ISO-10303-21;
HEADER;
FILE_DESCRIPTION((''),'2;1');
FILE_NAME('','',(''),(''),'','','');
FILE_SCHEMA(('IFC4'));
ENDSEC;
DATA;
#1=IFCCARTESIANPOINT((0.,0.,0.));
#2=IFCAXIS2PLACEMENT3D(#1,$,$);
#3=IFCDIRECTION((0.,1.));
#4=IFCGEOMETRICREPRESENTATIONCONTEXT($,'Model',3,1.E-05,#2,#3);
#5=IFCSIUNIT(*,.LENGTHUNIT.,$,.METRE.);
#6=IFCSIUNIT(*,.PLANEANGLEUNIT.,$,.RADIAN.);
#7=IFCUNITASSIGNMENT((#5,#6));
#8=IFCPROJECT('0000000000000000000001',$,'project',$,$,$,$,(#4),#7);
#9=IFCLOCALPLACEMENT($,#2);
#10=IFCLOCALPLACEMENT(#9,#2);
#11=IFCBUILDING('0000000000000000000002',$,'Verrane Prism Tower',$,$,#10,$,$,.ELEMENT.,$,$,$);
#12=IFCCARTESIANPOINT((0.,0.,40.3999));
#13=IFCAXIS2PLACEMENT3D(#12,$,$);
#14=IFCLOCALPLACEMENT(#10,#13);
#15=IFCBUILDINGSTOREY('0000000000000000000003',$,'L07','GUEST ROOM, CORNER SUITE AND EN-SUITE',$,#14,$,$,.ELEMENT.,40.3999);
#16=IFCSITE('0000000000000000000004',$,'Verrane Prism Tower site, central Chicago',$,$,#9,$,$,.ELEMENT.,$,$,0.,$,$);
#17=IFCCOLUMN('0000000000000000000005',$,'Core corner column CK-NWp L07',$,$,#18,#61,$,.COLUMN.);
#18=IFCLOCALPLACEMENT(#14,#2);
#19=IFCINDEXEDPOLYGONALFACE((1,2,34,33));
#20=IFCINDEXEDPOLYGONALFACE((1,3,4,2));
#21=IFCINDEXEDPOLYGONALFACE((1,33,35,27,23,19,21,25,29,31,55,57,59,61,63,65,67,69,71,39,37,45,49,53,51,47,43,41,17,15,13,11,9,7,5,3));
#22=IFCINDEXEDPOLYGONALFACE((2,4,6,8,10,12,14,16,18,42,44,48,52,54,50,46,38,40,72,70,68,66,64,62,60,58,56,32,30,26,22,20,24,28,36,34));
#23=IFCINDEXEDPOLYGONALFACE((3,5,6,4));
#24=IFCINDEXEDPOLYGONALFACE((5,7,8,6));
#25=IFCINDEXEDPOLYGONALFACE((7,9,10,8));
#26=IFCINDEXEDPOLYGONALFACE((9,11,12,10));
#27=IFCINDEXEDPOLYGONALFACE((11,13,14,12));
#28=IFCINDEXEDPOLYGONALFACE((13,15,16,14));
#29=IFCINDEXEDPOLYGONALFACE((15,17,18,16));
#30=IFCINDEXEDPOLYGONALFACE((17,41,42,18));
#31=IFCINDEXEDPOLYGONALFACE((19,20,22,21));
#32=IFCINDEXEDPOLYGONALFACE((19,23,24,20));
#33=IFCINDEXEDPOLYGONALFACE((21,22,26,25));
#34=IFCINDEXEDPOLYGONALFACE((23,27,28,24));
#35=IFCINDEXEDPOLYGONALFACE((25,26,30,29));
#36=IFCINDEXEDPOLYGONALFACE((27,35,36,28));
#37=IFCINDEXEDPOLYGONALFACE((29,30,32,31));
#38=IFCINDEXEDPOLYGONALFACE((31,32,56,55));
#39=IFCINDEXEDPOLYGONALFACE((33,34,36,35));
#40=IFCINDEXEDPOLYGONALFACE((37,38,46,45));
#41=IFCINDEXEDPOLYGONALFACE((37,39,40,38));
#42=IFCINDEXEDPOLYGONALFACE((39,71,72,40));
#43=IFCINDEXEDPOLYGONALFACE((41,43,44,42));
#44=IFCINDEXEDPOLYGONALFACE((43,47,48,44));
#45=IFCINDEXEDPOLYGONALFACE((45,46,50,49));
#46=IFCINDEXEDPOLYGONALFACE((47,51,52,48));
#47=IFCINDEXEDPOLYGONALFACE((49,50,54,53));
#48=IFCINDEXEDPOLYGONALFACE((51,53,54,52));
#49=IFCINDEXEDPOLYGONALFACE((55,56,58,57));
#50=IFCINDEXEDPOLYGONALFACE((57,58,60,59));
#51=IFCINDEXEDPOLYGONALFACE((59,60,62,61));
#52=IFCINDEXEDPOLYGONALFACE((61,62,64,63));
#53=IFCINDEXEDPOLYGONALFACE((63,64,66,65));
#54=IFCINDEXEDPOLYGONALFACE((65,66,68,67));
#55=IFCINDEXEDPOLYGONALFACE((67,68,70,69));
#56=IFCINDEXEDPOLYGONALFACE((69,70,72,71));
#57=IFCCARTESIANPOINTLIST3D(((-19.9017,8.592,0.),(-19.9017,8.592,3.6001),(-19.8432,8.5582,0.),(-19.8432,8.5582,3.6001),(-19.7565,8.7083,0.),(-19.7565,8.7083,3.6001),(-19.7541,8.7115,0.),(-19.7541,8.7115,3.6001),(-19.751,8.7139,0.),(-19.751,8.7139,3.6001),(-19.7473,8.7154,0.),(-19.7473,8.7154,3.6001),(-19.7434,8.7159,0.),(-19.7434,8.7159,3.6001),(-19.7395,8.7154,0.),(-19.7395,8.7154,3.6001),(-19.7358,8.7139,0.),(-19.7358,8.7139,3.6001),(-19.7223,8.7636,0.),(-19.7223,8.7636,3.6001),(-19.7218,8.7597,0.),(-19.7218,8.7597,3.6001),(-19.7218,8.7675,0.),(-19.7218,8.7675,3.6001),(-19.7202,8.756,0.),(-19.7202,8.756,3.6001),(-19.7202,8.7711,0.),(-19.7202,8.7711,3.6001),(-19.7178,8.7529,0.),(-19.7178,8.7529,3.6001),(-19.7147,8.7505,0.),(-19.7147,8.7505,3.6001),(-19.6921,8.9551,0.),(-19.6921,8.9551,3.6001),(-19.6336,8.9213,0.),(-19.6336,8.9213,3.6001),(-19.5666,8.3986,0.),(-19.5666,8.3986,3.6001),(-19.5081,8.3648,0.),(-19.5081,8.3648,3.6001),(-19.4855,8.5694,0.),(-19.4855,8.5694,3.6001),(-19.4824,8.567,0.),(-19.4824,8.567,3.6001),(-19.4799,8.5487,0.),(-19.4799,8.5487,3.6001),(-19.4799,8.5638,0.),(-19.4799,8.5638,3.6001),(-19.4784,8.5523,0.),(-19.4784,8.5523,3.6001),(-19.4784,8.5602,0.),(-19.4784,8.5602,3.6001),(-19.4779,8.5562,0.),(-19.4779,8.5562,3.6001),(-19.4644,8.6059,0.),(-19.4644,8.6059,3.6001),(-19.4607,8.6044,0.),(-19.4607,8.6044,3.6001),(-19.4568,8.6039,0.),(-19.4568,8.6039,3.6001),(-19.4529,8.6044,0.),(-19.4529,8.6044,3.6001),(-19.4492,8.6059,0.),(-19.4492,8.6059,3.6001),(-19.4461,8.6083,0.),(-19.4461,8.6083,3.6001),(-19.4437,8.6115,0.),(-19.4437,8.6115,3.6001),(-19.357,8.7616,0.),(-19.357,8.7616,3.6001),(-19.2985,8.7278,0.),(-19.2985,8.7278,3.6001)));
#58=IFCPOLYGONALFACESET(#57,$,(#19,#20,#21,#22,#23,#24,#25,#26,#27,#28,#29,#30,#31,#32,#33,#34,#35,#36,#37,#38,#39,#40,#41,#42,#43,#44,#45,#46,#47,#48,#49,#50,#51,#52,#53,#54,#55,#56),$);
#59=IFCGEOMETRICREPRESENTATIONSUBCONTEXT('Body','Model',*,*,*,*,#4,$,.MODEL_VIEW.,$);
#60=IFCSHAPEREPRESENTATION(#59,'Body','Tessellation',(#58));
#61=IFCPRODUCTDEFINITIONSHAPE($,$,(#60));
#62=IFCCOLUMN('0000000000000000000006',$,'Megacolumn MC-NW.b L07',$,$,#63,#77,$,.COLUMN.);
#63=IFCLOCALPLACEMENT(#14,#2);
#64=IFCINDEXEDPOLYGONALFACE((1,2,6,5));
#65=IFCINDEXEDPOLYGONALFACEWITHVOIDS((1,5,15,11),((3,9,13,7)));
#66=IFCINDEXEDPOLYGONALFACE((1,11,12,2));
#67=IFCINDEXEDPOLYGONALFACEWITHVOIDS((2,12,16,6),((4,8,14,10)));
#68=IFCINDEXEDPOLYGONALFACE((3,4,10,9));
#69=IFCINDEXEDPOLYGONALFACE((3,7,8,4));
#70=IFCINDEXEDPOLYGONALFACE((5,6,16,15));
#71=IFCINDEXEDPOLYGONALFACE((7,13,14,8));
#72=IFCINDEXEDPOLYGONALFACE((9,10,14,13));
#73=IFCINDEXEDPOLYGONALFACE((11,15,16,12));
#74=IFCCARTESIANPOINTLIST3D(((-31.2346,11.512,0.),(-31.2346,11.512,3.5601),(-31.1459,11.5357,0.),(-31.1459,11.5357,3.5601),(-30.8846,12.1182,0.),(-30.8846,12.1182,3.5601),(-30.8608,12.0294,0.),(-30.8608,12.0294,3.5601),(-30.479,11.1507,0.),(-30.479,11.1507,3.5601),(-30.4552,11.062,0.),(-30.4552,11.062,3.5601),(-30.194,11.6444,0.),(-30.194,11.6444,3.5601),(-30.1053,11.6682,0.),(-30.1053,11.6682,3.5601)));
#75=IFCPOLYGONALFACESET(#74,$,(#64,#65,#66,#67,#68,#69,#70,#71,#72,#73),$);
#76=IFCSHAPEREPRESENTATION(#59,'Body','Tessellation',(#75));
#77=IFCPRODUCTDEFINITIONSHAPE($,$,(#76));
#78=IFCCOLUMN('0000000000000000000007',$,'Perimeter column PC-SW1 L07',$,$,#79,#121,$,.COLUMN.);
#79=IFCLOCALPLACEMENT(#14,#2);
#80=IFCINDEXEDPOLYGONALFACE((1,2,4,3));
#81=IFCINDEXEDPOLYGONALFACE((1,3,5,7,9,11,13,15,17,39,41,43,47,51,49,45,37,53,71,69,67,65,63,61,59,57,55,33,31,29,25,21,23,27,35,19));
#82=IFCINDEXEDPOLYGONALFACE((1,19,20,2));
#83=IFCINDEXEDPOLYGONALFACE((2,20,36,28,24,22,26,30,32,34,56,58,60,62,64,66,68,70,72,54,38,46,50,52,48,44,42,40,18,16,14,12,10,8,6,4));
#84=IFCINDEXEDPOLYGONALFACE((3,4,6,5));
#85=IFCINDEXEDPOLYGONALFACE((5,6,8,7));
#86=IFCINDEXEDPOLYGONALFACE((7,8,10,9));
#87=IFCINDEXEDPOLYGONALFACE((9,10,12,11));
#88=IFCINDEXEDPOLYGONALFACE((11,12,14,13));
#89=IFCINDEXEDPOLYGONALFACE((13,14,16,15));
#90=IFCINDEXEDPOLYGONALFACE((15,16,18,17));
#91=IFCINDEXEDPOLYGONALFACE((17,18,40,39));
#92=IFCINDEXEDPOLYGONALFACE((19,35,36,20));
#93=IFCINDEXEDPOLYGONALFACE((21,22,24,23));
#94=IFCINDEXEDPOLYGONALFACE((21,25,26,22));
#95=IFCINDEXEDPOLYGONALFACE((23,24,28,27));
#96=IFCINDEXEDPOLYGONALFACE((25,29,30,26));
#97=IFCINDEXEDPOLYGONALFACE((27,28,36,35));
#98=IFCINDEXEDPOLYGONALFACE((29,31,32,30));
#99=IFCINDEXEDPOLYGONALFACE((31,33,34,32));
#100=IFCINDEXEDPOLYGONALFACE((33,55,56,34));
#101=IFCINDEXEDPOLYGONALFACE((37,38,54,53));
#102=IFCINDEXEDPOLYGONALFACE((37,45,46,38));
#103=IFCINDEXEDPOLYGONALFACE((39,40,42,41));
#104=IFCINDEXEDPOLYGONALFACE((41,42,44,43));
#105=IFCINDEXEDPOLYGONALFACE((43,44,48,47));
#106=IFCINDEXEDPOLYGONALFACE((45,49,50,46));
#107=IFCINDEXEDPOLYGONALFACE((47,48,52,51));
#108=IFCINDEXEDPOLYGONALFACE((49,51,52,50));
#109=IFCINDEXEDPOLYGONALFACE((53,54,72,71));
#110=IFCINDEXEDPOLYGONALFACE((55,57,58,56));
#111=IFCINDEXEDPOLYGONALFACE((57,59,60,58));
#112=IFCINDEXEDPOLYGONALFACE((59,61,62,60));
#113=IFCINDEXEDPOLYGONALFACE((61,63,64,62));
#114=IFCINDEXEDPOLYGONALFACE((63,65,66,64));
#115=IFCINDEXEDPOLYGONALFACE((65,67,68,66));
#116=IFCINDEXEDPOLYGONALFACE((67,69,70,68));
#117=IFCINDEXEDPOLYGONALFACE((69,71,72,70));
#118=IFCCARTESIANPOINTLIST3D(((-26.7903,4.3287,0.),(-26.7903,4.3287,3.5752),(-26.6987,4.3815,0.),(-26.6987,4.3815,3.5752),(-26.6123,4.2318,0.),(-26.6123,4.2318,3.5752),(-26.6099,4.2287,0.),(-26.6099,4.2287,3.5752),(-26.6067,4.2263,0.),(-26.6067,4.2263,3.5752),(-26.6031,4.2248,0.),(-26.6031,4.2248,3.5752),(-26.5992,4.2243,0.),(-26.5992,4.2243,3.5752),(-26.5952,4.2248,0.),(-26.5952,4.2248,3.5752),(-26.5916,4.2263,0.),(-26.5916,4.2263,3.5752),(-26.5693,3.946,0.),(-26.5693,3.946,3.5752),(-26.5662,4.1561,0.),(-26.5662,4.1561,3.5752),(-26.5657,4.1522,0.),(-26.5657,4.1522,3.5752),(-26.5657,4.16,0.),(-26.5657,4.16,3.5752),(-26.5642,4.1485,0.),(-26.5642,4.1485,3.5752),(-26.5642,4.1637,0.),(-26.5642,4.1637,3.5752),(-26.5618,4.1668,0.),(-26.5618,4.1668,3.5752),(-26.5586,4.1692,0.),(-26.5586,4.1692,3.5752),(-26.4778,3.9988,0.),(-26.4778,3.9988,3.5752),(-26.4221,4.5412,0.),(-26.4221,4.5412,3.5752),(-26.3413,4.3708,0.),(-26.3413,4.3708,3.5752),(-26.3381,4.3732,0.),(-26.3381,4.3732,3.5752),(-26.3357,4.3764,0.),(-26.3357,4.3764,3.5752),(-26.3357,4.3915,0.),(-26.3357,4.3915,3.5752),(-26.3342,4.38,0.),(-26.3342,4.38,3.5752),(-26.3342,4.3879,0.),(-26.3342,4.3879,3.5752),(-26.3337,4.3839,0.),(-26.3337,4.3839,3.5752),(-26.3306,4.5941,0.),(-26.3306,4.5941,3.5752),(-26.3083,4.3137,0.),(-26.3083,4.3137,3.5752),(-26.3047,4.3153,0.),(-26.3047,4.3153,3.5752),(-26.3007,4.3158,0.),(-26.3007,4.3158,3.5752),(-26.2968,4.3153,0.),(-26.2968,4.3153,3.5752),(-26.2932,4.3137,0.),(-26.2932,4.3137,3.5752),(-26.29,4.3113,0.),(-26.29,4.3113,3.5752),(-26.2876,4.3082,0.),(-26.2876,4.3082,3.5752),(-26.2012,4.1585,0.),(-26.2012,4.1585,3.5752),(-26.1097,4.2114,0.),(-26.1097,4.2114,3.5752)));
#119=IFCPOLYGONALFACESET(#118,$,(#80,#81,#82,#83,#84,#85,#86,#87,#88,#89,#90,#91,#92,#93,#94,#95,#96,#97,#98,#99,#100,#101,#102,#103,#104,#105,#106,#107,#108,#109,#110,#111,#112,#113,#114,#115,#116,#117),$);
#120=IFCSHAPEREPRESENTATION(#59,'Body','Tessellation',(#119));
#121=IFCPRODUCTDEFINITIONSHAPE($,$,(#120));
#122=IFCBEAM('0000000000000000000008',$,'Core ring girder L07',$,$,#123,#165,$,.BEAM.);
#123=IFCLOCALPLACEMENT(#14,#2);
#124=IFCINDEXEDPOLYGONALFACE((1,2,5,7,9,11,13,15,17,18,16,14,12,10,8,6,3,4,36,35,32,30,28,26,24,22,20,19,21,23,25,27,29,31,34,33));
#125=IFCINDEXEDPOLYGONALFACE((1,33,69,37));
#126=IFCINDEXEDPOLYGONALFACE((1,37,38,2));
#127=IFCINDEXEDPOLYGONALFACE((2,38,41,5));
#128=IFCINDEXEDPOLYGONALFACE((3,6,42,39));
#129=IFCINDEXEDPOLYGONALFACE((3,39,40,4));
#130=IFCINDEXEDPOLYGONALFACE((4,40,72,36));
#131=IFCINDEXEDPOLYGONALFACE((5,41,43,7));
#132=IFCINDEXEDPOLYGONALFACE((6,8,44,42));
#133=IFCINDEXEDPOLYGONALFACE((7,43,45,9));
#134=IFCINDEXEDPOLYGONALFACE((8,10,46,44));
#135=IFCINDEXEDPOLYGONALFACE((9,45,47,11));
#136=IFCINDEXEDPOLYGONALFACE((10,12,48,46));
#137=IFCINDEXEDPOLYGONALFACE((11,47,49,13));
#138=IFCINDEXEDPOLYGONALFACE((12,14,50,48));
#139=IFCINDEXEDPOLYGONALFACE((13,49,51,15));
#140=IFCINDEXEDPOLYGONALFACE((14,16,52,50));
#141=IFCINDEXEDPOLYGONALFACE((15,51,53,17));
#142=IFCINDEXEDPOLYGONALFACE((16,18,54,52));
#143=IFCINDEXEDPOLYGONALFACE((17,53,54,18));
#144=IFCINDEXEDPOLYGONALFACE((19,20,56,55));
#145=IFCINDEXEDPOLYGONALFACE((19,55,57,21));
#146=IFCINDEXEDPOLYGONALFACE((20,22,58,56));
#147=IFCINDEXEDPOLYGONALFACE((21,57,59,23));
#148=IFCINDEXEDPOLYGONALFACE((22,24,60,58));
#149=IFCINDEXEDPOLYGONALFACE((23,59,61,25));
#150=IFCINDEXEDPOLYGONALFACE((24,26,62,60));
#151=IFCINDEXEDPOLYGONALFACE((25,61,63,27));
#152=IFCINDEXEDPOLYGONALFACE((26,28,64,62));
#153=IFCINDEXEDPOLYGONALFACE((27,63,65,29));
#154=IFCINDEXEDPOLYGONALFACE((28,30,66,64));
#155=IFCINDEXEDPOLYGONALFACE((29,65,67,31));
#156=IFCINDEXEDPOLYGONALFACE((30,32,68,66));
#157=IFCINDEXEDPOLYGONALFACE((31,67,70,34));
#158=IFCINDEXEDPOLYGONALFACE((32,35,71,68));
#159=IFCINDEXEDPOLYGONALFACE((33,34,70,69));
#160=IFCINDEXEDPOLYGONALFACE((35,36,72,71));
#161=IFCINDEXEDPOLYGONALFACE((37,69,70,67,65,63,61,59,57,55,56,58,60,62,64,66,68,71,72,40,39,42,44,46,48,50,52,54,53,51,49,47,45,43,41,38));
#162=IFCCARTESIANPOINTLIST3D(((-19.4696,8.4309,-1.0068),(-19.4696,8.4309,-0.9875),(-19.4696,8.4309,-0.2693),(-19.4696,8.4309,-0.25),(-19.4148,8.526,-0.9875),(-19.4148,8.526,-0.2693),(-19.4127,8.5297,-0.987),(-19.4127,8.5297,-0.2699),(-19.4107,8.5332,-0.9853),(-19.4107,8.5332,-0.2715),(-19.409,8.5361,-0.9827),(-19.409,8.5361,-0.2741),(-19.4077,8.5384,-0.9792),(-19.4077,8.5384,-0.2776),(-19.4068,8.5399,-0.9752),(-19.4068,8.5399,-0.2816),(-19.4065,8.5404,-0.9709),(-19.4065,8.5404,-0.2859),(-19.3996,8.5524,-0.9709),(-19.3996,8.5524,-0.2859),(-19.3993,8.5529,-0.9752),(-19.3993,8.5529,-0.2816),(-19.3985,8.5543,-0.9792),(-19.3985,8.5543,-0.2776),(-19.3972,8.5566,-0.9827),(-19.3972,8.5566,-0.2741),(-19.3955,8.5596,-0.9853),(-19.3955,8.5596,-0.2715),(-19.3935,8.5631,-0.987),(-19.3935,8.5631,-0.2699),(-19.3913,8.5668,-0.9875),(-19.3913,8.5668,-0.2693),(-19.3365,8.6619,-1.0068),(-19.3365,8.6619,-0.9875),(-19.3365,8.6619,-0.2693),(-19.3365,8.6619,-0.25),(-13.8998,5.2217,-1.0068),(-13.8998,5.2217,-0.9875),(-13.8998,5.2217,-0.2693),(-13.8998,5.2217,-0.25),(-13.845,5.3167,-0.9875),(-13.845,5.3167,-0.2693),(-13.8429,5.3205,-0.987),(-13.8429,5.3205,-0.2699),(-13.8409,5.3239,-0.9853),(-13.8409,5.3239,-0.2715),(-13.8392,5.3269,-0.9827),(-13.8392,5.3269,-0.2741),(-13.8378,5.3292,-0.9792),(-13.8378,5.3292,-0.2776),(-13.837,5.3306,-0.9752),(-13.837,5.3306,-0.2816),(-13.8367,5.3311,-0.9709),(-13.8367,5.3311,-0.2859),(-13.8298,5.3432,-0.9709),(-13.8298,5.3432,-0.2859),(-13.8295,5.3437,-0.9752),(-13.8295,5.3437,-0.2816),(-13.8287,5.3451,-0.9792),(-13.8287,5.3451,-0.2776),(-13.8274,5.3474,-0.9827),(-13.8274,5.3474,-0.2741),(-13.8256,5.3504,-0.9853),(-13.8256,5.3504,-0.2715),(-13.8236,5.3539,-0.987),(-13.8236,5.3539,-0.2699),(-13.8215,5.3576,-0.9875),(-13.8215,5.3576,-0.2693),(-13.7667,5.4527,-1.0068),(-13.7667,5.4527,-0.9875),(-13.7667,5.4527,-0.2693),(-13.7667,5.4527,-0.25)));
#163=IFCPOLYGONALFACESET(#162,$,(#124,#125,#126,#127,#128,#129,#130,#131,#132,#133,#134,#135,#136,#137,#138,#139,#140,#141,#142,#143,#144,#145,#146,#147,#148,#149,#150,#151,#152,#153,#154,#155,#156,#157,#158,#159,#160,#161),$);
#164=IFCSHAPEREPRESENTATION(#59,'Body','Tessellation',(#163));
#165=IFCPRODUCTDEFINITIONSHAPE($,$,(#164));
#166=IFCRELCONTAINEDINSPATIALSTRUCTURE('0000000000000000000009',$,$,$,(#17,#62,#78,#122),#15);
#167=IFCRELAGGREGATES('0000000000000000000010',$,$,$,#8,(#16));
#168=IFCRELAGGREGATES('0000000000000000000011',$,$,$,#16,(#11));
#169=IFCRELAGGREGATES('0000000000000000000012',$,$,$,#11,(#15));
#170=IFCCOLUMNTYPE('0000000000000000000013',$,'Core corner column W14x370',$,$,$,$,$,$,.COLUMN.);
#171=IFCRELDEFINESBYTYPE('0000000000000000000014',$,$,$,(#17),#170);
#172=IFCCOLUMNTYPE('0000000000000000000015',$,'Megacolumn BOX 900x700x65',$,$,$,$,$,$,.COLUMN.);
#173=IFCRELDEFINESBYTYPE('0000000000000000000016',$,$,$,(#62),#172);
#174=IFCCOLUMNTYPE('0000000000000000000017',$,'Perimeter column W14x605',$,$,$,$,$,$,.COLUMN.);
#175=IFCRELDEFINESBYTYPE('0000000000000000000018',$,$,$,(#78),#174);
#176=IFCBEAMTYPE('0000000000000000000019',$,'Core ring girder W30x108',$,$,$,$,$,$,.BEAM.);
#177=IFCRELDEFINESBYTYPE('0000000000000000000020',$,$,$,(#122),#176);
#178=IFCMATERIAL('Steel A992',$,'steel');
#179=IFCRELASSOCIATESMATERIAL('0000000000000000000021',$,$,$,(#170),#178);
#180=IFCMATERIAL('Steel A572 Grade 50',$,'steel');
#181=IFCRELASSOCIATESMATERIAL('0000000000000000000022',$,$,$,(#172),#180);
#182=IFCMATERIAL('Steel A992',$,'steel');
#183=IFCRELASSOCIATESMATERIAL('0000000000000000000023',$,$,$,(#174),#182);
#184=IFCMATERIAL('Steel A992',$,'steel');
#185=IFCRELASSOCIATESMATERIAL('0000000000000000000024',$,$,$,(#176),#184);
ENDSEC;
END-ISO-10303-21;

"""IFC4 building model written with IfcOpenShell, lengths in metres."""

from ifc_helpers import new_model, si_unit, direction, frame, origin, origin_2d, place, context, subcontext, project, spatial, hollow_rectangle, i_section, extrude, material, material_profile, profile_set, type_object, element, save


model = new_model("IFC4")

# Units and contexts
model_context = context("Model", 3, precision=1e-05, world=origin(), true_north=direction((0.0, 1.0)))
body_context = subcontext(model_context, "Body", "Model", "MODEL_VIEW")
ifc_project = project(units=[si_unit("LENGTHUNIT", "METRE"), si_unit("PLANEANGLEUNIT", "RADIAN")], contexts=[model_context])

# Site, building, storey
site_placement = place(None, origin())
site = spatial("IfcSite", under=ifc_project, at=site_placement, Name="Verrane Prism Tower site, central Chicago", CompositionType="ELEMENT", RefElevation=0.0)
building_placement = place(site_placement, origin())
building = spatial("IfcBuilding", under=site, at=building_placement, Name="Verrane Prism Tower", CompositionType="ELEMENT")
storey_placement = place(building_placement, frame((0.0, 0.0, 40.3999)))
storey = spatial("IfcBuildingStorey", under=building, at=storey_placement, Name="L07", Description="GUEST ROOM, CORNER SUITE AND EN-SUITE", CompositionType="ELEMENT", Elevation=40.3999)

# Columns
ifc_material_1 = material(Name="Steel A992", Category="steel")
ifc_material_profile_1 = material_profile(ifc_material_1, i_section(OverallWidth=0.4192, OverallDepth=0.4546, WebThickness=0.0422, FlangeThickness=0.0676, FilletRadius=0.0151, at=origin_2d()), Name="W14x370")
ifc_profile_set_1 = profile_set([ifc_material_profile_1], Name="Steel A992")
column_type_1 = type_object("IfcColumnType", Name="Core corner column W14x370", PredefinedType="COLUMN", material=ifc_profile_set_1)
column_1_placement = place(storey_placement, frame((-19.6001, 8.6599, 0.0), z_axis=(0.0, 0.0, 1.0), x_axis=(0.5, 0.866025, 0.0)))
element("IfcColumn", 1, at=column_1_placement, inside=storey, type_object=column_type_1, Name="Core corner column CK-NWp L07", PredefinedType="COLUMN", context=body_context, shape_type="SweptSolid", body=[
    extrude(i_section(OverallWidth=0.4192, OverallDepth=0.4546, WebThickness=0.0422, FlangeThickness=0.0676, FilletRadius=0.0151, at=origin_2d()), origin(), (0.0, 0.0, 1.0), 3.6001),
])
ifc_material_2 = material(Name="Steel A572 Grade 50", Category="steel")
ifc_material_profile_2 = material_profile(ifc_material_2, hollow_rectangle(XDim=0.7, YDim=0.8999, WallThickness=0.0649, at=origin_2d()), Name="BOX 900x700x65")
ifc_profile_set_2 = profile_set([ifc_material_profile_2], Name="Steel A572 Grade 50")
column_type_2 = type_object("IfcColumnType", Name="Megacolumn BOX 900x700x65", PredefinedType="COLUMN", material=ifc_profile_set_2)
column_2_placement = place(storey_placement, frame((-30.6699, 11.5901, 0.0), z_axis=(0.0, 0.0, 1.0), x_axis=(0.5, 0.866025, 0.0)))
element("IfcColumn", 2, at=column_2_placement, inside=storey, type_object=column_type_2, Name="Megacolumn MC-NW.b L07", PredefinedType="COLUMN", context=body_context, shape_type="SweptSolid", body=[
    extrude(hollow_rectangle(XDim=0.7, YDim=0.8999, WallThickness=0.0649, at=origin_2d()), origin(), (0.0, 0.0, 1.0), 3.5601),
])
ifc_material_3 = material(Name="Steel A992", Category="steel")
ifc_material_profile_3 = material_profile(ifc_material_3, i_section(OverallWidth=0.4419, OverallDepth=0.5308, WebThickness=0.0659, FlangeThickness=0.1057, FilletRadius=0.0151, at=origin_2d()), Name="W14x605")
ifc_profile_set_3 = profile_set([ifc_material_profile_3], Name="Steel A992")
column_type_3 = type_object("IfcColumnType", Name="Perimeter column W14x605", PredefinedType="COLUMN", material=ifc_profile_set_3)
column_3_placement = place(storey_placement, frame((-26.45, 4.27, 0.0), z_axis=(0.0, 0.0, 1.0), x_axis=(-0.5, 0.866025, 0.0)))
element("IfcColumn", 3, at=column_3_placement, inside=storey, type_object=column_type_3, Name="Perimeter column PC-SW1 L07", PredefinedType="COLUMN", context=body_context, shape_type="SweptSolid", body=[
    extrude(i_section(OverallWidth=0.4419, OverallDepth=0.5308, WebThickness=0.0659, FlangeThickness=0.1057, FilletRadius=0.0151, at=origin_2d()), origin(), (0.0, 0.0, 1.0), 3.5752),
])

# Beam
ifc_material_4 = material(Name="Steel A992", Category="steel")
ifc_material_profile_4 = material_profile(ifc_material_4, i_section(OverallWidth=0.2666, OverallDepth=0.7568, WebThickness=0.0139, FlangeThickness=0.0193, FilletRadius=0.0166, at=origin_2d()), Name="W30x108")
ifc_profile_set_4 = profile_set([ifc_material_profile_4], Name="Steel A992")
beam_type_1 = type_object("IfcBeamType", Name="Core ring girder W30x108", PredefinedType="BEAM", material=ifc_profile_set_4)
beam_1_placement = place(storey_placement, frame((-19.4031, 8.5464, -0.6284), z_axis=(0.866464, -0.49924, 0.0), x_axis=(0.49924, 0.866464, 0.0)))
element("IfcBeam", 4, at=beam_1_placement, inside=storey, type_object=beam_type_1, Name="Core ring girder L07", PredefinedType="BEAM", context=body_context, shape_type="SweptSolid", body=[
    extrude(i_section(OverallWidth=0.2666, OverallDepth=0.7568, WebThickness=0.0139, FlangeThickness=0.0193, FilletRadius=0.0166, at=origin_2d()), origin(), (0.0, 0.0, 1.0), 6.4282),
])

save(model, "model.ifc")
